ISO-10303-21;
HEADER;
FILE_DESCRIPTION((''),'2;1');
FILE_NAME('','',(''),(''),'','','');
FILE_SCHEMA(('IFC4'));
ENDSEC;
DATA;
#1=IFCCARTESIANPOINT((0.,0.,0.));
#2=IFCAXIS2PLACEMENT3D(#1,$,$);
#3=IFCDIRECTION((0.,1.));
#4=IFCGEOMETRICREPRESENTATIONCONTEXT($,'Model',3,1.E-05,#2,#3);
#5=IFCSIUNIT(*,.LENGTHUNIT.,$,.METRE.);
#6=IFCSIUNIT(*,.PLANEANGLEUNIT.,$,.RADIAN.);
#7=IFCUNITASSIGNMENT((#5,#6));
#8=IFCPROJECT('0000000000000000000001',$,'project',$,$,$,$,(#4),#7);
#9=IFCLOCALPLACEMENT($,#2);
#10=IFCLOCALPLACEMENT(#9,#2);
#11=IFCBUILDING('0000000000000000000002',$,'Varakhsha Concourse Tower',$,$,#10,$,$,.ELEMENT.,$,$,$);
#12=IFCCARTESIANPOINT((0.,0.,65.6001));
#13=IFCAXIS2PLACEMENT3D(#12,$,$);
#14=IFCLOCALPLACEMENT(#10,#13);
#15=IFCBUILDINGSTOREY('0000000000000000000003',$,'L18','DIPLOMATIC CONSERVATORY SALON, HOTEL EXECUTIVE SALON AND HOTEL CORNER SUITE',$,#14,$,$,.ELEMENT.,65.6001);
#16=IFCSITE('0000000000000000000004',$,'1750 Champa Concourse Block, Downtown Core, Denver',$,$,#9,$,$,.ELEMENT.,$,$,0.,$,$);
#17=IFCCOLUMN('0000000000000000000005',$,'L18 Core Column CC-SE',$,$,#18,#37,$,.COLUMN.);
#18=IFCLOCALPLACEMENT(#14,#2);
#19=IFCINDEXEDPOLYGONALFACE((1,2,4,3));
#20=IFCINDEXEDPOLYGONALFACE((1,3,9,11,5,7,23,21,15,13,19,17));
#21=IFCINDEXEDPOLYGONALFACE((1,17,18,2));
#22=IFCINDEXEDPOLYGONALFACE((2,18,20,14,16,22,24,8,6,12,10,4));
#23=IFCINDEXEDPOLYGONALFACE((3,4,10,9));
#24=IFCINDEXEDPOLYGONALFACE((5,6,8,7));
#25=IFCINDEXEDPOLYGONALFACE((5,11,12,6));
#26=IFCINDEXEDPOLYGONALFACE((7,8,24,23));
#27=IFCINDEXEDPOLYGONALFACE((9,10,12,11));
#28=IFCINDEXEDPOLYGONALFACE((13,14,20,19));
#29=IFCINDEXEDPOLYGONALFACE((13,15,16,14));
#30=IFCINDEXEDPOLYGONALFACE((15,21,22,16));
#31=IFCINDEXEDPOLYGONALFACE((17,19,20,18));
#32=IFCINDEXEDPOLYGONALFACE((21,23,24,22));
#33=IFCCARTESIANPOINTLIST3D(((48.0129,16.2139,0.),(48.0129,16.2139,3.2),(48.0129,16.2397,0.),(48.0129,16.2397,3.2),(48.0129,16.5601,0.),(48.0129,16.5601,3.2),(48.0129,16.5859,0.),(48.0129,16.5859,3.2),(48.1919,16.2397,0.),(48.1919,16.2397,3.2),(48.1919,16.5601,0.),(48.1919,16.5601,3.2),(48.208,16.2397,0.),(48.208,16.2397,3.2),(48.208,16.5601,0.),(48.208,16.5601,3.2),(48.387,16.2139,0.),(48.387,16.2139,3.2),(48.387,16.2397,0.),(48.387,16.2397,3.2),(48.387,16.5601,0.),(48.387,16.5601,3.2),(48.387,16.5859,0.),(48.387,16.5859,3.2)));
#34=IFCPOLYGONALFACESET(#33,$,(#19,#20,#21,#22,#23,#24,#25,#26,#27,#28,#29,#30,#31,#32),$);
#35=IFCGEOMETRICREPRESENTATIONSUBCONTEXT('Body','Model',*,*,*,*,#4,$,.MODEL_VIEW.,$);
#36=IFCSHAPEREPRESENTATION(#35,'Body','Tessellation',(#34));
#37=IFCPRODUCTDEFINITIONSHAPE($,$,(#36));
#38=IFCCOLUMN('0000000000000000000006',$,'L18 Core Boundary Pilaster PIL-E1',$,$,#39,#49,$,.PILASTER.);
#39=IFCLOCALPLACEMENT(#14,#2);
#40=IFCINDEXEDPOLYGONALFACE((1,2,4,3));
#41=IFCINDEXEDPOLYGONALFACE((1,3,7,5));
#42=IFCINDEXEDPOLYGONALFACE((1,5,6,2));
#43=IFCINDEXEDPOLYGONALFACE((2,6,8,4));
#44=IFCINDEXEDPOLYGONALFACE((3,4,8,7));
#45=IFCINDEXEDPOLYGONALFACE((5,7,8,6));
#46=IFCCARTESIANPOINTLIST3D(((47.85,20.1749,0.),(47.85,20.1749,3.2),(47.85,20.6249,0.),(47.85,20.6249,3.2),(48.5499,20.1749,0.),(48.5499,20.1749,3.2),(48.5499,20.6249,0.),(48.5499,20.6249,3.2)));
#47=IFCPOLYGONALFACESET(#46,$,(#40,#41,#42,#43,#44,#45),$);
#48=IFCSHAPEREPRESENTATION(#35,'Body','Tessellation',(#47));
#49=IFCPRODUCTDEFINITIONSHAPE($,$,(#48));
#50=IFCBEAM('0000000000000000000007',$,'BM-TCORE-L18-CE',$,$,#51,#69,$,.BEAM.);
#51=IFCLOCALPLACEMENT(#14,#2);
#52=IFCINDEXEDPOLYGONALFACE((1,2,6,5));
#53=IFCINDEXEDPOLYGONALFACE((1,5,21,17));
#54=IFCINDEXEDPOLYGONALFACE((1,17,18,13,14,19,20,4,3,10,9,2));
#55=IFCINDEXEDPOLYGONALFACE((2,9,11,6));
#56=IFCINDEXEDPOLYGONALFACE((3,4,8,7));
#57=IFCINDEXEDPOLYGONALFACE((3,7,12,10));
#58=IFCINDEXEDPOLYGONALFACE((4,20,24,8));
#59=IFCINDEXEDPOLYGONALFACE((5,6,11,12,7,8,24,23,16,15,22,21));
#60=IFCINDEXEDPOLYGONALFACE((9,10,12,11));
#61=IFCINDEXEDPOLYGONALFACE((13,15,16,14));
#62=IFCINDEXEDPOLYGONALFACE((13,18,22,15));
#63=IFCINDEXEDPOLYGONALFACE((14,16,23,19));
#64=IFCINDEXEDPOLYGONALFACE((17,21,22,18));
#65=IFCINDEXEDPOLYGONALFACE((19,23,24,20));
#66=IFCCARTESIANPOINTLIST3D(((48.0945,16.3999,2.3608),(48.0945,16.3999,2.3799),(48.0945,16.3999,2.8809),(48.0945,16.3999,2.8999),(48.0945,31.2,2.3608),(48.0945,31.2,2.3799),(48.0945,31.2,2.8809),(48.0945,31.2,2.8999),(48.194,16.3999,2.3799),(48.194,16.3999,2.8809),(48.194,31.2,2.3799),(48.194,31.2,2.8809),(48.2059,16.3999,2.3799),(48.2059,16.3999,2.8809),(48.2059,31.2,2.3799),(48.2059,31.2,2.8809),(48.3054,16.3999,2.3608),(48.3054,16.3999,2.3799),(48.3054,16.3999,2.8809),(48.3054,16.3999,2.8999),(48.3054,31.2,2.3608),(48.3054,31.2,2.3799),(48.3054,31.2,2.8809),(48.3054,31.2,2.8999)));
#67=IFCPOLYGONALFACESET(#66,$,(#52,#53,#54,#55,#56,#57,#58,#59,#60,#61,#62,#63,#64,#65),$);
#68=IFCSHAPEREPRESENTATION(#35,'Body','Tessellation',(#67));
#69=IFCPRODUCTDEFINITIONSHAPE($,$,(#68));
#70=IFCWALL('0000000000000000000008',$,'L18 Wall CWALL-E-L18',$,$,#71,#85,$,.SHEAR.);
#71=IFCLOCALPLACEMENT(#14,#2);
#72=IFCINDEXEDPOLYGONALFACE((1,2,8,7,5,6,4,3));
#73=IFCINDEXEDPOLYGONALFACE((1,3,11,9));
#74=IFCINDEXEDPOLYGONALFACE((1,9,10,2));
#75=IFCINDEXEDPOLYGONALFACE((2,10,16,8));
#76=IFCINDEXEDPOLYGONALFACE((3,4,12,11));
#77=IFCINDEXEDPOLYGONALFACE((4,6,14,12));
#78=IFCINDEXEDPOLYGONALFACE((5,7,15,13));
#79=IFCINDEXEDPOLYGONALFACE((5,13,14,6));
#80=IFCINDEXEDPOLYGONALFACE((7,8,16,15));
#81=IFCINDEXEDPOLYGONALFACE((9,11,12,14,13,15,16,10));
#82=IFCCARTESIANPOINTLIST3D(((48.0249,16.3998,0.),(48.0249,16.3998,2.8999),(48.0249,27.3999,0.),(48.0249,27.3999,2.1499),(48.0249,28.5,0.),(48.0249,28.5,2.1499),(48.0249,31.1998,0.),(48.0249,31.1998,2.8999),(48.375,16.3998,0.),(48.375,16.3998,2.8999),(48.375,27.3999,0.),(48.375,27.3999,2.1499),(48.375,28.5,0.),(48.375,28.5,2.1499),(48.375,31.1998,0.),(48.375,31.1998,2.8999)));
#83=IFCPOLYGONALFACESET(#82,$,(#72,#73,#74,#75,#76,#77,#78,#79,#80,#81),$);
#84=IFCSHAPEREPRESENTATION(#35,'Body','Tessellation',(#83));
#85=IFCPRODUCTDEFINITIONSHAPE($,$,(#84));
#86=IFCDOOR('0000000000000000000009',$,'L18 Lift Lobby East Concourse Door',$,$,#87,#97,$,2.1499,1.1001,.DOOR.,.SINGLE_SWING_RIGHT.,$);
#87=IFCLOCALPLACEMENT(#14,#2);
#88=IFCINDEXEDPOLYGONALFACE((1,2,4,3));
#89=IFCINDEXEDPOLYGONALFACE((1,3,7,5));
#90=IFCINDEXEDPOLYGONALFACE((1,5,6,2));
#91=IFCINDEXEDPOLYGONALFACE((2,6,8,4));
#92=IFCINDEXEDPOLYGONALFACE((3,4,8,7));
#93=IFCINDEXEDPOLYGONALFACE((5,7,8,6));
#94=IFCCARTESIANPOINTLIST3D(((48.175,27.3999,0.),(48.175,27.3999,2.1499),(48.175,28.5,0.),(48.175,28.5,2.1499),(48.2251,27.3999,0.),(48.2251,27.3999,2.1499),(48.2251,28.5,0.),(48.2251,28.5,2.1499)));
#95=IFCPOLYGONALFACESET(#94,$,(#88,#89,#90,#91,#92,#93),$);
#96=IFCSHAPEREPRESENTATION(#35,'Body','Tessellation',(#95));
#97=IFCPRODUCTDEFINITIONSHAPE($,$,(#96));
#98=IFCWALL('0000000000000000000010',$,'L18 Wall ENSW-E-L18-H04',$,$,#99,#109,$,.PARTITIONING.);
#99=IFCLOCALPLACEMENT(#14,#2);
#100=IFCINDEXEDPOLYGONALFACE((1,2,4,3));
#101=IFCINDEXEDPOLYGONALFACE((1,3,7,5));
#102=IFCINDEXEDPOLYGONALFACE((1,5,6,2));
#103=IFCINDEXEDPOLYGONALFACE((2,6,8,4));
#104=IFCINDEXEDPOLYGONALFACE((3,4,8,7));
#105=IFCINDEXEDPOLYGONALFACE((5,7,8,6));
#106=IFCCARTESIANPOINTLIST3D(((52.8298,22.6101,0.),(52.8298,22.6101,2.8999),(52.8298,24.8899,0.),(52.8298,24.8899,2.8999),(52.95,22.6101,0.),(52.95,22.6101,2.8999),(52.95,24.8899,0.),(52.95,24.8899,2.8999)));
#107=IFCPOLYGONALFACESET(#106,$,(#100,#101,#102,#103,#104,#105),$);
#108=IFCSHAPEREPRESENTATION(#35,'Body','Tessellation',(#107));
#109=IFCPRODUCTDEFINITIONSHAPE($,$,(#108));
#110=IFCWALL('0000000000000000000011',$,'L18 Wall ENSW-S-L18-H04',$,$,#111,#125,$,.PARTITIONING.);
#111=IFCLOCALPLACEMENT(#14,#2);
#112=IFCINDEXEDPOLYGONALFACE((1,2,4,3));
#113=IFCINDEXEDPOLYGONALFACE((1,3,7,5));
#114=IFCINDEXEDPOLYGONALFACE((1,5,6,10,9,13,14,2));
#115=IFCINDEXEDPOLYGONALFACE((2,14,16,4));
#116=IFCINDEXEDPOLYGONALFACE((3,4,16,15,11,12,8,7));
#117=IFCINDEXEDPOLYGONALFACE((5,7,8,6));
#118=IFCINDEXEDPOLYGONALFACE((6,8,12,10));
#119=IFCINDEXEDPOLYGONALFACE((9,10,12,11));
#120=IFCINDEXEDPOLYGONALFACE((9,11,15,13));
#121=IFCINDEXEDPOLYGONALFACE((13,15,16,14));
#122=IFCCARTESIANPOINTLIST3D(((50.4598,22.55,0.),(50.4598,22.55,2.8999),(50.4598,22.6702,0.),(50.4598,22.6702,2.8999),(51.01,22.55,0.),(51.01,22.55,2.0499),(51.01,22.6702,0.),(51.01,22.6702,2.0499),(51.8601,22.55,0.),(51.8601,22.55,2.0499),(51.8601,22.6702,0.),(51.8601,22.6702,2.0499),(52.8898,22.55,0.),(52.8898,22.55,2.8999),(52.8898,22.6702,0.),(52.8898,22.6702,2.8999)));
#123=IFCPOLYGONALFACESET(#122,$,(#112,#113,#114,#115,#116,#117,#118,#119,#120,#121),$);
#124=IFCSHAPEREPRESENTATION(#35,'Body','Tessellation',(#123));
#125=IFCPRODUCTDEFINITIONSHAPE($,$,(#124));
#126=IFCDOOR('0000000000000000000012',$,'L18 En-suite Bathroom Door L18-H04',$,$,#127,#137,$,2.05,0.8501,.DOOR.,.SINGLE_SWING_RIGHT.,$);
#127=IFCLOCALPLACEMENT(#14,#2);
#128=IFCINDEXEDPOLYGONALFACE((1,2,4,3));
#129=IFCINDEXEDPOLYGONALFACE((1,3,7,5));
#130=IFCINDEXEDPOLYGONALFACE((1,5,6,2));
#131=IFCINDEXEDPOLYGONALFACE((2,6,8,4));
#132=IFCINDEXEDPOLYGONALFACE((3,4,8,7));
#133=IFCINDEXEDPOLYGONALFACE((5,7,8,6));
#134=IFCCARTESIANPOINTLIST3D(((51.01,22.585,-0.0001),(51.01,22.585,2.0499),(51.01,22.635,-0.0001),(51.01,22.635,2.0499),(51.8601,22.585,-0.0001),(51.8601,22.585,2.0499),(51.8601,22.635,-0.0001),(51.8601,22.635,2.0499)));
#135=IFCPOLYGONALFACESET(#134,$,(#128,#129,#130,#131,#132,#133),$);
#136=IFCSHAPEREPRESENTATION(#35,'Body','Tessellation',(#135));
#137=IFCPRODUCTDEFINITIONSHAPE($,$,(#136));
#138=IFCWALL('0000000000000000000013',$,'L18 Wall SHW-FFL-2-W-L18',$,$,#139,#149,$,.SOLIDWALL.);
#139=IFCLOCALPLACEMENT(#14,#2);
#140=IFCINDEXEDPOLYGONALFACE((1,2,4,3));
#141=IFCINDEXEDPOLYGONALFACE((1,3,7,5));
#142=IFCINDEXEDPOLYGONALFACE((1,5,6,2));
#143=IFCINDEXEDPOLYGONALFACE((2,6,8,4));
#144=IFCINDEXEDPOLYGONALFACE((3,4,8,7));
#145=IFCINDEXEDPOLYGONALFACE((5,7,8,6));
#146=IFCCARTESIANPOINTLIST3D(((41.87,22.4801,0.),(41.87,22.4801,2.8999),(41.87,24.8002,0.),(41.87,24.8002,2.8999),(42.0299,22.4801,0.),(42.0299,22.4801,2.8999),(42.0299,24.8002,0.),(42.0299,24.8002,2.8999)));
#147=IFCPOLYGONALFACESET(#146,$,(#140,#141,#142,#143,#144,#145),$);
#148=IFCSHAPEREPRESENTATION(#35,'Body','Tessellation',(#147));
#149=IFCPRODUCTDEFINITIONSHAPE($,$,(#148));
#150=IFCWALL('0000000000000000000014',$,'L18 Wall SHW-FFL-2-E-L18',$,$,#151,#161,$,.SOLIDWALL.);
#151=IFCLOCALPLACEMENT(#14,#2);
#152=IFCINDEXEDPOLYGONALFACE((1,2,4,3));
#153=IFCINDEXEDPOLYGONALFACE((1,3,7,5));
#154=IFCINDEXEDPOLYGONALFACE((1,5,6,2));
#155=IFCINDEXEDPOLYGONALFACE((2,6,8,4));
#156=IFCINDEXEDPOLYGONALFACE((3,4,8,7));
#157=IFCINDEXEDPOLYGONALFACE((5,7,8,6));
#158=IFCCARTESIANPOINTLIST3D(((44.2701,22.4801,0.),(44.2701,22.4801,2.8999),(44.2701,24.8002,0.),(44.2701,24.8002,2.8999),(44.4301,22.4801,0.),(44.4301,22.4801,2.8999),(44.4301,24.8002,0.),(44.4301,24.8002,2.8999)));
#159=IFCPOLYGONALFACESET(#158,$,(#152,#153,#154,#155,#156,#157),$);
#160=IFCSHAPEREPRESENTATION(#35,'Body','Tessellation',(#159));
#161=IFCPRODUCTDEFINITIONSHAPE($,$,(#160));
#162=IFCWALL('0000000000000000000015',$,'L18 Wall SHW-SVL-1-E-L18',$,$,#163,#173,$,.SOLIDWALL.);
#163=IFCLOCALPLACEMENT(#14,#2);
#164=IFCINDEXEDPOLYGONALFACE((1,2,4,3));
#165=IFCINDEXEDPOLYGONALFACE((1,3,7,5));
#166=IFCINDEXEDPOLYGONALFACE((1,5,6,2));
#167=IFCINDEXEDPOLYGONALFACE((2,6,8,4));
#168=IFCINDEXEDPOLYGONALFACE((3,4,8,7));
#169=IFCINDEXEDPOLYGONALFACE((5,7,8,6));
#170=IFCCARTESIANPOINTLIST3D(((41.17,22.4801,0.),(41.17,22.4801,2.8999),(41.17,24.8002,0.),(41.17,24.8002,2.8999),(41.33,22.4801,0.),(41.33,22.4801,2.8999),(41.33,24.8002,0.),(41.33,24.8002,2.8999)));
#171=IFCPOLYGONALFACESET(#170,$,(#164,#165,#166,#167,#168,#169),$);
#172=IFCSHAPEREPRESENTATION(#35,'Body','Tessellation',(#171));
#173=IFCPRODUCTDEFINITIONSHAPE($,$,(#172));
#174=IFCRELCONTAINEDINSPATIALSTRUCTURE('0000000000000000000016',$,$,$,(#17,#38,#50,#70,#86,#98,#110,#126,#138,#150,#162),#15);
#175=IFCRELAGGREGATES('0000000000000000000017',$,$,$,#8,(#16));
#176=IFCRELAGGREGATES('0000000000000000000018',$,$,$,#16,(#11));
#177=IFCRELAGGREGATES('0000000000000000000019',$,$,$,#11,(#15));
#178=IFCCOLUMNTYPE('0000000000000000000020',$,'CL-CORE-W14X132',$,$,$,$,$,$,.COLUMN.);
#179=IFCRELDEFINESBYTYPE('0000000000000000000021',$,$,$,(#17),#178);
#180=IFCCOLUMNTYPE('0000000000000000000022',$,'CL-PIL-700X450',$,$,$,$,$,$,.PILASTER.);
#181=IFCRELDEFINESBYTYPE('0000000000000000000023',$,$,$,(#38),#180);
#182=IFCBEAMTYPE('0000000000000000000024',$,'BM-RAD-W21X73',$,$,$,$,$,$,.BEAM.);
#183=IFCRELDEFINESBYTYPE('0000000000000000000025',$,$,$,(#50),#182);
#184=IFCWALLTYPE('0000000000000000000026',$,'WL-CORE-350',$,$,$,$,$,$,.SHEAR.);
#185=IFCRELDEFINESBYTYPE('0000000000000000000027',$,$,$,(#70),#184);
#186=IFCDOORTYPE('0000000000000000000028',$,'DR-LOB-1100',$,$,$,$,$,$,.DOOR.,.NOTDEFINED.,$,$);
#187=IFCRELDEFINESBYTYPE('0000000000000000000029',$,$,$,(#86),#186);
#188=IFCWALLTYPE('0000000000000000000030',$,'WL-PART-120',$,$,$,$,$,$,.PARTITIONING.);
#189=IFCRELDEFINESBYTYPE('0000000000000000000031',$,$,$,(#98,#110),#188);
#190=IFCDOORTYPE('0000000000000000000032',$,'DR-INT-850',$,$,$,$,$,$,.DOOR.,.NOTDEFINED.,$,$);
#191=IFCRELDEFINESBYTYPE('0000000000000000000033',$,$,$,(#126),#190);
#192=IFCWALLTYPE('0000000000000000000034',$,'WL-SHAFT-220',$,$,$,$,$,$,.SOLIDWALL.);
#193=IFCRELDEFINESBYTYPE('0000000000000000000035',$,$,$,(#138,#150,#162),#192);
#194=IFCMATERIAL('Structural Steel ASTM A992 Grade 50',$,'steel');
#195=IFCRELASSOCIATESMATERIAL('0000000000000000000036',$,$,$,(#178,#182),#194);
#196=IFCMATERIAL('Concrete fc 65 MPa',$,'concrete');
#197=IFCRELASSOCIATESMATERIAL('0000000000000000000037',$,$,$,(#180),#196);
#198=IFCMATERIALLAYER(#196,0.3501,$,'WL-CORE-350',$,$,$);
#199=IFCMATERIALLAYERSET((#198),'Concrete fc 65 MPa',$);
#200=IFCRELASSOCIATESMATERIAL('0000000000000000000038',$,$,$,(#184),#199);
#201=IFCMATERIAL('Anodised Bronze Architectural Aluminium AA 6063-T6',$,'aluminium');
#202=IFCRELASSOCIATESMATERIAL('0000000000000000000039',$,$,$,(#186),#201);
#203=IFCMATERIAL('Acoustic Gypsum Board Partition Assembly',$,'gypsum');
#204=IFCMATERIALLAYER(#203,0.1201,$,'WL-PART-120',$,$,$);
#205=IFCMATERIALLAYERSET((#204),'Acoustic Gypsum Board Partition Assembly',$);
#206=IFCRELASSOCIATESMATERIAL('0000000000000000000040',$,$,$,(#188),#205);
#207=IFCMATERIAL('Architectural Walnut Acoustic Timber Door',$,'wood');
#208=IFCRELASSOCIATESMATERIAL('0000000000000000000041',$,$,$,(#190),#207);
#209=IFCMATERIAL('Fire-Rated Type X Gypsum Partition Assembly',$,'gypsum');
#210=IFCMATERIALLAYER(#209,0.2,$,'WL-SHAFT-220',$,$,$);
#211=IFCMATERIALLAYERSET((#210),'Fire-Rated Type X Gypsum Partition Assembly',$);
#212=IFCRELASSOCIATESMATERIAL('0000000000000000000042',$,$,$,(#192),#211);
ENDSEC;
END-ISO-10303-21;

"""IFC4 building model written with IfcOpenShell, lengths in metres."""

from ifc_helpers import new_model, si_unit, direction, frame, frame_2d, origin, origin_2d, place, context, subcontext, project, spatial, rectangle, i_section, extrude, material, layer, layer_set, material_profile, profile_set, type_object, element, fill, save


model = new_model("IFC4")

# Units and contexts
model_context = context("Model", 3, precision=1e-05, world=origin(), true_north=direction((0.0, 1.0)))
body_context = subcontext(model_context, "Body", "Model", "MODEL_VIEW")
ifc_project = project(units=[si_unit("LENGTHUNIT", "METRE"), si_unit("PLANEANGLEUNIT", "RADIAN")], contexts=[model_context])

# Site, building, storey
site_placement = place(None, origin())
site = spatial("IfcSite", under=ifc_project, at=site_placement, Name="1750 Champa Concourse Block, Downtown Core, Denver", CompositionType="ELEMENT", RefElevation=0.0)
building_placement = place(site_placement, origin())
building = spatial("IfcBuilding", under=site, at=building_placement, Name="Varakhsha Concourse Tower", CompositionType="ELEMENT")
storey_placement = place(building_placement, frame((0.0, 0.0, 65.6001)))
storey = spatial("IfcBuildingStorey", under=building, at=storey_placement, Name="L18", Description="DIPLOMATIC CONSERVATORY SALON, HOTEL EXECUTIVE SALON AND HOTEL CORNER SUITE", CompositionType="ELEMENT", Elevation=65.6001)

# Columns
ifc_material_1 = material(Name="Structural Steel ASTM A992 Grade 50", Category="steel")
ifc_material_profile_1 = material_profile(ifc_material_1, i_section(OverallWidth=0.374, OverallDepth=0.3721, WebThickness=0.0161, FlangeThickness=0.0259, at=origin_2d()), Name="W14X132")
ifc_profile_set_1 = profile_set([ifc_material_profile_1], Name="Structural Steel ASTM A992 Grade 50")
column_type_1 = type_object("IfcColumnType", Name="CL-CORE-W14X132", PredefinedType="COLUMN", material=ifc_profile_set_1)
column_1_placement = place(storey_placement, frame((48.2, 16.3999, 0.0), z_axis=(0.0, 0.0, 1.0), x_axis=(1.0, 0.0, 0.0)))
element("IfcColumn", 1, at=column_1_placement, inside=storey, type_object=column_type_1, Name="L18 Core Column CC-SE", PredefinedType="COLUMN", context=body_context, shape_type="SweptSolid", body=[
    extrude(i_section(OverallWidth=0.374, OverallDepth=0.3721, WebThickness=0.0161, FlangeThickness=0.0259, at=origin_2d()), origin(), (0.0, 0.0, 1.0), 3.2),
])
ifc_material_2 = material(Name="Concrete fc 65 MPa", Category="concrete")
ifc_material_profile_2 = material_profile(ifc_material_2, rectangle(XDim=0.7, YDim=0.45, at=origin_2d()), Name="RC 700x450")
ifc_profile_set_2 = profile_set([ifc_material_profile_2], Name="Concrete fc 65 MPa")
column_type_2 = type_object("IfcColumnType", Name="CL-PIL-700X450", PredefinedType="PILASTER", material=ifc_profile_set_2)
column_2_placement = place(storey_placement, frame((48.2, 20.3999, 0.0), z_axis=(0.0, 0.0, 1.0), x_axis=(1.0, 0.0, 0.0)))
element("IfcColumn", 2, at=column_2_placement, inside=storey, type_object=column_type_2, Name="L18 Core Boundary Pilaster PIL-E1", PredefinedType="PILASTER", context=body_context, shape_type="SweptSolid", body=[
    extrude(rectangle(XDim=0.7, YDim=0.45, at=origin_2d()), origin(), (0.0, 0.0, 1.0), 3.2),
])

# Beam
ifc_material_profile_3 = material_profile(ifc_material_1, i_section(OverallWidth=0.2109, OverallDepth=0.5391, WebThickness=0.012, FlangeThickness=0.019, at=origin_2d()), Name="W21X73")
ifc_profile_set_3 = profile_set([ifc_material_profile_3], Name="Structural Steel ASTM A992 Grade 50")
beam_type = type_object("IfcBeamType", Name="BM-RAD-W21X73", PredefinedType="BEAM", material=ifc_profile_set_3)
beam_placement = place(storey_placement, frame((48.2, 16.3999, 2.6304), z_axis=(0.0, 1.0, 0.0), x_axis=(-1.0, 0.0, 0.0)))
element("IfcBeam", 3, at=beam_placement, inside=storey, type_object=beam_type, Name="BM-TCORE-L18-CE", PredefinedType="BEAM", context=body_context, shape_type="SweptSolid", body=[
    extrude(i_section(OverallWidth=0.2109, OverallDepth=0.5391, WebThickness=0.012, FlangeThickness=0.019, at=origin_2d()), origin(), (0.0, 0.0, 1.0), 14.8),
])

# Wall, opening, door
ifc_layer_1 = layer(ifc_material_2, 0.3501, Name="WL-CORE-350")
ifc_layer_set_1 = layer_set([ifc_layer_1], Name="Concrete fc 65 MPa")
wall_type_1 = type_object("IfcWallType", Name="WL-CORE-350", PredefinedType="SHEAR", material=ifc_layer_set_1)
wall_1_placement = place(storey_placement, frame((48.2, 16.3999, 0.0), z_axis=(0.0, 0.0, 1.0), x_axis=(0.0, 1.0, 0.0)))
wall_1 = element("IfcWall", 4, at=wall_1_placement, inside=storey, type_object=wall_type_1, Name="L18 Wall CWALL-E-L18", PredefinedType="SHEAR", context=body_context, shape_type="SweptSolid", body=[
    extrude(rectangle(XDim=14.8, YDim=0.3501, at=frame_2d((7.3999, 0.0))), origin(), (0.0, 0.0, 1.0), 2.8999),
])
opening_1_placement = place(wall_1_placement, frame((11.0, 0.0, 0.0)))
opening_1 = element("IfcOpeningElement", 5, at=opening_1_placement, cuts=wall_1, PredefinedType="OPENING", context=body_context, shape_type="SweptSolid", body=[
    extrude(rectangle(XDim=1.1001, YDim=2.1499, at=frame_2d((0.55, 1.075))), frame((0.0, 0.1851, 0.0), z_axis=(0.0, -1.0, 0.0), x_axis=(1.0, 0.0, 0.0)), (0.0, 0.0, 1.0), 0.3701),
])
ifc_material_3 = material(Name="Anodised Bronze Architectural Aluminium AA 6063-T6", Category="aluminium")
door_type_1 = type_object("IfcDoorType", Name="DR-LOB-1100", OperationType="NOTDEFINED", PredefinedType="DOOR", material=ifc_material_3)
door_1_placement = place(opening_1_placement, origin())
door_1 = element("IfcDoor", 6, at=door_1_placement, inside=storey, type_object=door_type_1, Name="L18 Lift Lobby East Concourse Door", OperationType="SINGLE_SWING_RIGHT", OverallHeight=2.1499, OverallWidth=1.1001, PredefinedType="DOOR", context=body_context, shape_type="SweptSolid", body=[
    extrude(rectangle(XDim=1.1001, YDim=2.1499, at=frame_2d((0.55, 1.075))), frame((0.0, 0.0249, 0.0), z_axis=(0.0, -1.0, 0.0), x_axis=(1.0, 0.0, 0.0)), (0.0, 0.0, 1.0), 0.05),
])
fill(opening_1, door_1)

# Wall
ifc_material_4 = material(Name="Acoustic Gypsum Board Partition Assembly", Category="gypsum")
ifc_layer_2 = layer(ifc_material_4, 0.1201, Name="WL-PART-120")
ifc_layer_set_2 = layer_set([ifc_layer_2], Name="Acoustic Gypsum Board Partition Assembly")
wall_type_2 = type_object("IfcWallType", Name="WL-PART-120", PredefinedType="PARTITIONING", material=ifc_layer_set_2)
wall_2_placement = place(storey_placement, frame((52.8899, 22.6101, 0.0), z_axis=(0.0, 0.0, 1.0), x_axis=(0.0, 1.0, 0.0)))
element("IfcWall", 7, at=wall_2_placement, inside=storey, type_object=wall_type_2, Name="L18 Wall ENSW-E-L18-H04", PredefinedType="PARTITIONING", context=body_context, shape_type="SweptSolid", body=[
    extrude(rectangle(XDim=2.2798, YDim=0.1201, at=frame_2d((1.1399, 0.0))), origin(), (0.0, 0.0, 1.0), 2.8999),
])

# Wall, opening, door
wall_3_placement = place(storey_placement, frame((50.46, 22.6101, 0.0), z_axis=(0.0, 0.0, 1.0), x_axis=(1.0, 0.0, 0.0)))
wall_3 = element("IfcWall", 8, at=wall_3_placement, inside=storey, type_object=wall_type_2, Name="L18 Wall ENSW-S-L18-H04", PredefinedType="PARTITIONING", context=body_context, shape_type="SweptSolid", body=[
    extrude(rectangle(XDim=2.4299, YDim=0.1201, at=frame_2d((1.2148, 0.0))), origin(), (0.0, 0.0, 1.0), 2.8999),
])
opening_2_placement = place(wall_3_placement, frame((0.55, 0.0, 0.0)))
opening_2 = element("IfcOpeningElement", 9, at=opening_2_placement, cuts=wall_3, PredefinedType="OPENING", context=body_context, shape_type="SweptSolid", body=[
    extrude(rectangle(XDim=0.8501, YDim=2.05, at=frame_2d((0.425, 1.0249))), frame((0.0, 0.0701, 0.0), z_axis=(0.0, -1.0, 0.0), x_axis=(1.0, 0.0, 0.0)), (0.0, 0.0, 1.0), 0.1401),
])
ifc_material_5 = material(Name="Architectural Walnut Acoustic Timber Door", Category="wood")
door_type_2 = type_object("IfcDoorType", Name="DR-INT-850", OperationType="NOTDEFINED", PredefinedType="DOOR", material=ifc_material_5)
door_2_placement = place(opening_2_placement, origin())
door_2 = element("IfcDoor", 10, at=door_2_placement, inside=storey, type_object=door_type_2, Name="L18 En-suite Bathroom Door L18-H04", OperationType="SINGLE_SWING_RIGHT", OverallHeight=2.05, OverallWidth=0.8501, PredefinedType="DOOR", context=body_context, shape_type="SweptSolid", body=[
    extrude(rectangle(XDim=0.8501, YDim=2.05, at=frame_2d((0.425, 1.0249))), frame((0.0, 0.0249, 0.0), z_axis=(0.0, -1.0, 0.0), x_axis=(1.0, 0.0, 0.0)), (0.0, 0.0, 1.0), 0.05),
])
fill(opening_2, door_2)

# Walls
ifc_material_6 = material(Name="Fire-Rated Type X Gypsum Partition Assembly", Category="gypsum")
ifc_layer_3 = layer(ifc_material_6, 0.2, Name="WL-SHAFT-220")
ifc_layer_set_3 = layer_set([ifc_layer_3], Name="Fire-Rated Type X Gypsum Partition Assembly")
wall_type_3 = type_object("IfcWallType", Name="WL-SHAFT-220", PredefinedType="SOLIDWALL", material=ifc_layer_set_3)
for number, where, z_axis, x_axis, name in (
    (11, (41.95, 22.48, 0.0), (0.0, 0.0, 1.0), (0.0, 1.0, 0.0), "L18 Wall SHW-FFL-2-W-L18"),
    (12, (44.3501, 22.48, 0.0), (0.0, 0.0, 1.0), (0.0, 1.0, 0.0), "L18 Wall SHW-FFL-2-E-L18"),
    (13, (41.25, 22.48, 0.0), (0.0, 0.0, 1.0), (0.0, 1.0, 0.0), "L18 Wall SHW-SVL-1-E-L18"),
):
    element("IfcWall", number, at=place(storey_placement, frame(where, z_axis=z_axis, x_axis=x_axis)), inside=storey, type_object=wall_type_3, Name=name, PredefinedType="SOLIDWALL", context=body_context, shape_type="SweptSolid", body=[
        extrude(rectangle(XDim=2.3201, YDim=0.1599, at=frame_2d((1.1602, 0.0))), origin(), (0.0, 0.0, 1.0), 2.8999),
    ])

save(model, "model.ifc")
